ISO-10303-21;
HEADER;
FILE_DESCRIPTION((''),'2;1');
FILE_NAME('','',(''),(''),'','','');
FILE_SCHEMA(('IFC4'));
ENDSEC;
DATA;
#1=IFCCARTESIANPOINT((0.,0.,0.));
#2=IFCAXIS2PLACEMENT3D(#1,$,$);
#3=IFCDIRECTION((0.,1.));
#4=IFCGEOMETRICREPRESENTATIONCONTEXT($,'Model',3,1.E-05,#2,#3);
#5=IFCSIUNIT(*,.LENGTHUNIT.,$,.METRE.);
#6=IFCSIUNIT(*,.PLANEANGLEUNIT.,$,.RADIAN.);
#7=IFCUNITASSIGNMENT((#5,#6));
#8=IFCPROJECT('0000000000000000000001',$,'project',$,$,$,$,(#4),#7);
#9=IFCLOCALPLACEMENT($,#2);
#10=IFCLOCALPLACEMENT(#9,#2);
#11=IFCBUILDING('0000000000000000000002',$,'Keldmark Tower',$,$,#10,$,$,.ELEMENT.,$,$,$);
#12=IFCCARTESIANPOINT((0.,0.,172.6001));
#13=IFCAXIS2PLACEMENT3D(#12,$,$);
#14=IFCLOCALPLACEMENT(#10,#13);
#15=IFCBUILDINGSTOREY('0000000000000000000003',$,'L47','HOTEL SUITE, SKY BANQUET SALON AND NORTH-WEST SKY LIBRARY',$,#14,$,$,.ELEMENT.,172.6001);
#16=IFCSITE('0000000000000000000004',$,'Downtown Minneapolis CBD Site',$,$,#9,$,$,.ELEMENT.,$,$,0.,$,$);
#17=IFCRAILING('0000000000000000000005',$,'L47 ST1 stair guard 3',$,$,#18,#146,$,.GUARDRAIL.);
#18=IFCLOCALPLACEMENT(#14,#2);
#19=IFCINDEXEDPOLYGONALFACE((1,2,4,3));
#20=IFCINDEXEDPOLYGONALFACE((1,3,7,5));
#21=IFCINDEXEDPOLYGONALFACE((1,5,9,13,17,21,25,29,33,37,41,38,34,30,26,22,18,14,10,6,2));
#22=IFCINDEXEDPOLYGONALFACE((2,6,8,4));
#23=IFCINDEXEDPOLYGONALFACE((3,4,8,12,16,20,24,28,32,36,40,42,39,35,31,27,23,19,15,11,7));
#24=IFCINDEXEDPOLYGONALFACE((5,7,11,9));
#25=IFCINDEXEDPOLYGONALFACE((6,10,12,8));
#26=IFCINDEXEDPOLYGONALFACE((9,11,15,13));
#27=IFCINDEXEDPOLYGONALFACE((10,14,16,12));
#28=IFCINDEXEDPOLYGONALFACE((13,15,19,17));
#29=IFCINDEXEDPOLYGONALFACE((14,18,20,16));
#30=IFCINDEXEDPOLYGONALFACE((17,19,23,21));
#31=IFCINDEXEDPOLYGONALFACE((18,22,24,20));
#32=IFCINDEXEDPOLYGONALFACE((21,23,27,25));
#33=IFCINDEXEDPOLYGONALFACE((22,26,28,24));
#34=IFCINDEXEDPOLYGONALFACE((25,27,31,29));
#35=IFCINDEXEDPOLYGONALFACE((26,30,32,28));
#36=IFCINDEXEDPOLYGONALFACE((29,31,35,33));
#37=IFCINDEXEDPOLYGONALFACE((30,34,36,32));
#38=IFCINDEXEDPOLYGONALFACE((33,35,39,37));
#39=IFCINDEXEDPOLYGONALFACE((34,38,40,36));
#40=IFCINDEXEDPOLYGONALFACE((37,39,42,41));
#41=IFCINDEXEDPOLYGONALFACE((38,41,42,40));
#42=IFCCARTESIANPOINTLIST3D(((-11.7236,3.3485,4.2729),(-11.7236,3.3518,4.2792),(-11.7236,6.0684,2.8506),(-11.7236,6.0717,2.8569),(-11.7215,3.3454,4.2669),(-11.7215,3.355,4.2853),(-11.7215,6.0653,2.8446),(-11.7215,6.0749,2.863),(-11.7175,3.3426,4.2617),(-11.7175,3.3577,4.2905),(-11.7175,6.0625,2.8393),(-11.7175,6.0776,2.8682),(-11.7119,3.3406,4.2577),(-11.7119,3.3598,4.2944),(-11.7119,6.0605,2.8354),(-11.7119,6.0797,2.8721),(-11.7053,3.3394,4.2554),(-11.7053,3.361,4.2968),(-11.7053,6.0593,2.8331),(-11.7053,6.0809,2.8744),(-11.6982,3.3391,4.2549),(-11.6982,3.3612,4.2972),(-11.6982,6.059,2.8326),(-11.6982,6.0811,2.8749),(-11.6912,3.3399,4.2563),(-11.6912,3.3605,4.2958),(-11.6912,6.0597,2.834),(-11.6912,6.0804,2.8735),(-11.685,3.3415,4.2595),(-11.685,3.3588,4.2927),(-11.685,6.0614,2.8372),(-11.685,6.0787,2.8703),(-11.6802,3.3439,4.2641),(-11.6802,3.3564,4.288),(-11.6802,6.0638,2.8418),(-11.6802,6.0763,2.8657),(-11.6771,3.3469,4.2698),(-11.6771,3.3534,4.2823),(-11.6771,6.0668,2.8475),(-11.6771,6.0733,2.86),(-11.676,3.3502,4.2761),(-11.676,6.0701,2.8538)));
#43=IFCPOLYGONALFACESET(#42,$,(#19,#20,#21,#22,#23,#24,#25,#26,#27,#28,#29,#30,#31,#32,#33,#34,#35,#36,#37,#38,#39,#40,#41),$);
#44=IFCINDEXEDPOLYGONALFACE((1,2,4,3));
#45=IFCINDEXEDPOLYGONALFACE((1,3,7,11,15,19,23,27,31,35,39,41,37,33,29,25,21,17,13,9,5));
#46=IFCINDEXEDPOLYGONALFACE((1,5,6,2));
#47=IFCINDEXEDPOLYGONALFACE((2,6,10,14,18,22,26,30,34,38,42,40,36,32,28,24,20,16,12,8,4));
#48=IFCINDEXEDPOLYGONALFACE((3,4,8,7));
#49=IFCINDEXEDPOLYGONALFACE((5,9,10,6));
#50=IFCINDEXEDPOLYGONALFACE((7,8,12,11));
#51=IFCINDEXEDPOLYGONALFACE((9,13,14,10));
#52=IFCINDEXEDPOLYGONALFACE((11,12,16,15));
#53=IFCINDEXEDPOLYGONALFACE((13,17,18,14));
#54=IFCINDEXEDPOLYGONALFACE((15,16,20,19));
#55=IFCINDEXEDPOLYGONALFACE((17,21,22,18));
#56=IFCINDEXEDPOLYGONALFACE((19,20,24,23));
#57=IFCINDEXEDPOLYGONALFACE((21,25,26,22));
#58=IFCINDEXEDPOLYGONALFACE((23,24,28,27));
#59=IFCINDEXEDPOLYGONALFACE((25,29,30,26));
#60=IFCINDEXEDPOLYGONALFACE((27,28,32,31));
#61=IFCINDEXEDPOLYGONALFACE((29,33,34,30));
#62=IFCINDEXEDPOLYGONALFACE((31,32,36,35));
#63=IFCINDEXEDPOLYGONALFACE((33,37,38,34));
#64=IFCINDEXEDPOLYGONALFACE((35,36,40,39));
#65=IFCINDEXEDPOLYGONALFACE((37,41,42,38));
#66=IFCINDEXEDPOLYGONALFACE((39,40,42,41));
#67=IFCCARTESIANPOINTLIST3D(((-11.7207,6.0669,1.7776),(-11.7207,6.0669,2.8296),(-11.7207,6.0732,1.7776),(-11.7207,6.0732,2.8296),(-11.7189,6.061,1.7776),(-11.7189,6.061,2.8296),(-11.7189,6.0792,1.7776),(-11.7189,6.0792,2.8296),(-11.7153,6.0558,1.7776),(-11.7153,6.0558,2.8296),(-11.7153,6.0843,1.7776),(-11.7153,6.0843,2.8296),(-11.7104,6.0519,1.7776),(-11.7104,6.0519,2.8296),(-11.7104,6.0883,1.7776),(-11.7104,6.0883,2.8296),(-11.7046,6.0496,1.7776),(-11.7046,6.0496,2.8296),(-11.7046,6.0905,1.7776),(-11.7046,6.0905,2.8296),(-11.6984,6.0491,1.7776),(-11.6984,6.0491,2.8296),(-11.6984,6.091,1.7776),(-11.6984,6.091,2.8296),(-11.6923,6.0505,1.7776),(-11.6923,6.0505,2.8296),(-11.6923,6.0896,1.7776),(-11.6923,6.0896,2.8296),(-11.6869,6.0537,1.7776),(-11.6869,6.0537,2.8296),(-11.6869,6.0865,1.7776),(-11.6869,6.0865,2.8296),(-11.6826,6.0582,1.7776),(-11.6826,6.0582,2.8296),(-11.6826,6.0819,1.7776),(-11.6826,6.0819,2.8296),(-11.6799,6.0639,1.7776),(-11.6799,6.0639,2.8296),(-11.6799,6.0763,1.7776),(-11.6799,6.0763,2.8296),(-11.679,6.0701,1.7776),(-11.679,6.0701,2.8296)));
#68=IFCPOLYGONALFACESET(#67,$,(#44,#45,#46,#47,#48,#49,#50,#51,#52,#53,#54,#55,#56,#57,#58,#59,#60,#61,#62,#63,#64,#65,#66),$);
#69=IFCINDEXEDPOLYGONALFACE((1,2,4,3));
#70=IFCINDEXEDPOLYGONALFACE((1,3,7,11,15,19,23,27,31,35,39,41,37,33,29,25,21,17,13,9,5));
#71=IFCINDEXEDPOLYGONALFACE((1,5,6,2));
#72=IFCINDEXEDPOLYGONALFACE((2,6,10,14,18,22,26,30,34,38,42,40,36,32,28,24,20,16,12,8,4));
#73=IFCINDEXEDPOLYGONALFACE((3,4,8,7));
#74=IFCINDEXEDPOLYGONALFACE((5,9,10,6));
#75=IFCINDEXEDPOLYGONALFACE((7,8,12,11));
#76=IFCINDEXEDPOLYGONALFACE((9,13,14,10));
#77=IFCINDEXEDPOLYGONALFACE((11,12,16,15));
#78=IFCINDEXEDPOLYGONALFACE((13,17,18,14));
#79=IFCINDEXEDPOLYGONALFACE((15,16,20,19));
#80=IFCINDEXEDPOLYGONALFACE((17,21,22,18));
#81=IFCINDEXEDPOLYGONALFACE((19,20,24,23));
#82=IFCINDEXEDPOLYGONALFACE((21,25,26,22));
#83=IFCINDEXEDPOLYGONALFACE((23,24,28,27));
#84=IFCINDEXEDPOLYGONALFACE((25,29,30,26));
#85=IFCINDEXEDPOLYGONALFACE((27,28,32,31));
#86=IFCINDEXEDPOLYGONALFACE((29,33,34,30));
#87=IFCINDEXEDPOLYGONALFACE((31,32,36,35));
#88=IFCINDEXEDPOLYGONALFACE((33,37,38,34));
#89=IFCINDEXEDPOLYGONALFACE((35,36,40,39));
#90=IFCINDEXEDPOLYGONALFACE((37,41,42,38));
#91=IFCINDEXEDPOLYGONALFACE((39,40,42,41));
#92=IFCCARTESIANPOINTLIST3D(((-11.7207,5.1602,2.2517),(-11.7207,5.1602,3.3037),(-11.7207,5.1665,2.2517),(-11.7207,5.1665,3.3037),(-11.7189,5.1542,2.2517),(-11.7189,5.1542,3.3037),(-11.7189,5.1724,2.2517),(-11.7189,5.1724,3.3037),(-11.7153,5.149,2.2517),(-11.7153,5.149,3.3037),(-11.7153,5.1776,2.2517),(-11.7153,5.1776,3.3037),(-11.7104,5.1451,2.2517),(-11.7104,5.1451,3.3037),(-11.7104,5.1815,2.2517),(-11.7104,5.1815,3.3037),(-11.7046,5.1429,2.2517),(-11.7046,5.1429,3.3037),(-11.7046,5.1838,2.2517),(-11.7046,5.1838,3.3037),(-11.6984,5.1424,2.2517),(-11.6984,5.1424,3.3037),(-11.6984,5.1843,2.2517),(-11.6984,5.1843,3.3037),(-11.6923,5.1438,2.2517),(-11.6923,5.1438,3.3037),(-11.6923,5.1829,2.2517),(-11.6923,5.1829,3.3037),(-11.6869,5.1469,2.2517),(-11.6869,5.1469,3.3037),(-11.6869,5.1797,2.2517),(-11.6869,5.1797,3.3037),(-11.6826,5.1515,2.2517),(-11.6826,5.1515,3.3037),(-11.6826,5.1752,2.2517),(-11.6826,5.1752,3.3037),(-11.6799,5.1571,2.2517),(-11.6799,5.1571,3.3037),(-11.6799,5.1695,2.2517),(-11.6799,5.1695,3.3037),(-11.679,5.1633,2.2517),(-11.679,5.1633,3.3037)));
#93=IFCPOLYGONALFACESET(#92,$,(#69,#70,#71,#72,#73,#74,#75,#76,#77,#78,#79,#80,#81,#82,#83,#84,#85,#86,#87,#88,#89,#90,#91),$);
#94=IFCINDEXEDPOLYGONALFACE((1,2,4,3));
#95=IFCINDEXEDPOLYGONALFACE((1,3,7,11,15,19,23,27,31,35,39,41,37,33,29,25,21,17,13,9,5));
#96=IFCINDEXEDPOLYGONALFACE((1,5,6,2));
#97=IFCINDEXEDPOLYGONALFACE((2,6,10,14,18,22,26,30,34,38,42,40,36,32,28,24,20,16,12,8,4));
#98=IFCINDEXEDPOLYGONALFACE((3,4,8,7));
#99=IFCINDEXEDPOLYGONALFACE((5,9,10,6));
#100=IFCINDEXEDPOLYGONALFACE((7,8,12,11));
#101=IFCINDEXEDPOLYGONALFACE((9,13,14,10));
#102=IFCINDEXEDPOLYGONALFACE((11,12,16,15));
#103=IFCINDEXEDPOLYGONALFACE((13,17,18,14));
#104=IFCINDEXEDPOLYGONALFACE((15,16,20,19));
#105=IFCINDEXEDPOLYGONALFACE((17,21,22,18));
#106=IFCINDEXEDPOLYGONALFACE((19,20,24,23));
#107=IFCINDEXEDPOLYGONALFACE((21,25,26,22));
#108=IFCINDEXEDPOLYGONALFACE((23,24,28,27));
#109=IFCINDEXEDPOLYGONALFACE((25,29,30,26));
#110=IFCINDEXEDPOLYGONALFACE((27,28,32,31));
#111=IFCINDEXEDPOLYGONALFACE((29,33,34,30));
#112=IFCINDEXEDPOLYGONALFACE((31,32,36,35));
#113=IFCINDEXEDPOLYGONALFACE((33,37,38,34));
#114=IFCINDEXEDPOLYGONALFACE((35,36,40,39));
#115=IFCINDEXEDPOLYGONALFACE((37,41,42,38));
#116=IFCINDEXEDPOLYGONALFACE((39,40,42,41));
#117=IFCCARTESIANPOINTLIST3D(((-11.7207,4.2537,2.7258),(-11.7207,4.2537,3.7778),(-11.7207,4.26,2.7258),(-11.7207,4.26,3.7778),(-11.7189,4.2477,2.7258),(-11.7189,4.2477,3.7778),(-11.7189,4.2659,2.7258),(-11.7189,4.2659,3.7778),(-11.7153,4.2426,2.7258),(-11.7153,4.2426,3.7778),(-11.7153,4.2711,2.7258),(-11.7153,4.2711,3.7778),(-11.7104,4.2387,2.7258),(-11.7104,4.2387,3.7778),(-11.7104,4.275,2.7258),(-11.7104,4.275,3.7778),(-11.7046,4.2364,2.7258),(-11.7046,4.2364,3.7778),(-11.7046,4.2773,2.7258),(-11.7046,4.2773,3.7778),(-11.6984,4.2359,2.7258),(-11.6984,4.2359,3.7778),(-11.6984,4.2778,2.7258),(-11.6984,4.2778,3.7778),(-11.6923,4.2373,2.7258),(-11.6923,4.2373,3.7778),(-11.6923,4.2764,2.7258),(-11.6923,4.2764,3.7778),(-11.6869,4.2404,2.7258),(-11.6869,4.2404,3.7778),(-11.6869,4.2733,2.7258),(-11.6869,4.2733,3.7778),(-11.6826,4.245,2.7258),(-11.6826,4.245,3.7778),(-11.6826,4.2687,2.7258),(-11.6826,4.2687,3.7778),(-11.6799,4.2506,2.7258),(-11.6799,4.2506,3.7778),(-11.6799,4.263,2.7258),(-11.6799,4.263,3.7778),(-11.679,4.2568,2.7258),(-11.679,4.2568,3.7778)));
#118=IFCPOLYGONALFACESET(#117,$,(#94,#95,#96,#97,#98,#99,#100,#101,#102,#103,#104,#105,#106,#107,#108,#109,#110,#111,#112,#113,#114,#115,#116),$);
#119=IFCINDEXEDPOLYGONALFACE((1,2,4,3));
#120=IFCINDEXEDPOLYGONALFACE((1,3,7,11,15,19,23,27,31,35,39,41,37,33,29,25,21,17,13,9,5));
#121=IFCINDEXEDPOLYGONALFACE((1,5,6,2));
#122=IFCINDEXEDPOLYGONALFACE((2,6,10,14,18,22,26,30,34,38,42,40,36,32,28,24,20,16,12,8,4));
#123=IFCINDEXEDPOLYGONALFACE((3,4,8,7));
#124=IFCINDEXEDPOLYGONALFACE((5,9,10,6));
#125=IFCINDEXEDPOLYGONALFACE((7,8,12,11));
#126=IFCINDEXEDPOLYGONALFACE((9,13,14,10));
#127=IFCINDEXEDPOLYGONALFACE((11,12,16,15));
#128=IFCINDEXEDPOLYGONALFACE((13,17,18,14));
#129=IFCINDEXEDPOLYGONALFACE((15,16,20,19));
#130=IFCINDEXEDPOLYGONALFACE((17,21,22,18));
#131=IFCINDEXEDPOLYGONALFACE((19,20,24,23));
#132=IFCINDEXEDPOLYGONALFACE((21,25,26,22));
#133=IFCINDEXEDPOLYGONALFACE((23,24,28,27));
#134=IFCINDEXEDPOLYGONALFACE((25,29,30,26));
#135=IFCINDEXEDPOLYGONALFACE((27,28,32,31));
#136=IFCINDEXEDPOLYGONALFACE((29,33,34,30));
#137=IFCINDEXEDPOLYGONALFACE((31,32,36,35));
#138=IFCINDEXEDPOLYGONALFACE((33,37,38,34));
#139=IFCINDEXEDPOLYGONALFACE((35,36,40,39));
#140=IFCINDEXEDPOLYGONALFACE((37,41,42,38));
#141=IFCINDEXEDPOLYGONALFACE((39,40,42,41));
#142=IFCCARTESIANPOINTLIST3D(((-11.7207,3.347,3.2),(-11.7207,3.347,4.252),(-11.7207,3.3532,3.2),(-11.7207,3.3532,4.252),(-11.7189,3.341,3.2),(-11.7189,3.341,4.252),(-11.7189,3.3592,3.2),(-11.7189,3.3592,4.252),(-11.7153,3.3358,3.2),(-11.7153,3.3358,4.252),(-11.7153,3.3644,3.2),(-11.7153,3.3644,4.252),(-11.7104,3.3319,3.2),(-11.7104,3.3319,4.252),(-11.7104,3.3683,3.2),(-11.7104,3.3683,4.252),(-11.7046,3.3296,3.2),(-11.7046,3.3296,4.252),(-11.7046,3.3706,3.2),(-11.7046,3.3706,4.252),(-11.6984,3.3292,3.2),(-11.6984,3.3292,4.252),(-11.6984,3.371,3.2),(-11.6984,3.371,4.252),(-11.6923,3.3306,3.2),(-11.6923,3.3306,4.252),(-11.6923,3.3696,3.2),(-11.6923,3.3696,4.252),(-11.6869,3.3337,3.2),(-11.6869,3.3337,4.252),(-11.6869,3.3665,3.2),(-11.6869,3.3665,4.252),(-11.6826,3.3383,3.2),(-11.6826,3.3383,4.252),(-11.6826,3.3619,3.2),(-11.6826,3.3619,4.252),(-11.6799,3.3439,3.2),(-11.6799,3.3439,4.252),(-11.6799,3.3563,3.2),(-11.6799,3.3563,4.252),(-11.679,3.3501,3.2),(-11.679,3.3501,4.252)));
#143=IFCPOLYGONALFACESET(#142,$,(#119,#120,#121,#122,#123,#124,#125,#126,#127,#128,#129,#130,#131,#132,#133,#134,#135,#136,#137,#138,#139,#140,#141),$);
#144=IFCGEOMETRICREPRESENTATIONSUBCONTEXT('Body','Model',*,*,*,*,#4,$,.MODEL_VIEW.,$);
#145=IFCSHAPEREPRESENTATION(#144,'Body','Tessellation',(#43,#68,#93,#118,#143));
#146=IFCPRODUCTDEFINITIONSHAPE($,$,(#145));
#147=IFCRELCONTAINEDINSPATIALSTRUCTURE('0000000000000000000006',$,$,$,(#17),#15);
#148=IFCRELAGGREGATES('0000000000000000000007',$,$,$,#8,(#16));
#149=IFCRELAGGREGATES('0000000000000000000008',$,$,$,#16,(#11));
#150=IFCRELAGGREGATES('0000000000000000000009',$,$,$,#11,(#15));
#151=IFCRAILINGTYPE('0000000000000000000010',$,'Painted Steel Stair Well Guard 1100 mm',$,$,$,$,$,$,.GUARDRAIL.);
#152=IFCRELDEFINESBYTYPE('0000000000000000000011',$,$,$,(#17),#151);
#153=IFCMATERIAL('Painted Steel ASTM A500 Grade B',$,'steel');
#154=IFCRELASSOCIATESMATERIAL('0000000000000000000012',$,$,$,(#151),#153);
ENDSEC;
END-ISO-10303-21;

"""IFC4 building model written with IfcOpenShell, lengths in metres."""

from ifc_helpers import new_model, si_unit, direction, frame, origin, origin_2d, place, context, subcontext, project, spatial, circle, extrude, material, type_object, element, save


model = new_model("IFC4")

# Units and contexts
model_context = context("Model", 3, precision=1e-05, world=origin(), true_north=direction((0.0, 1.0)))
body_context = subcontext(model_context, "Body", "Model", "MODEL_VIEW")
ifc_project = project(units=[si_unit("LENGTHUNIT", "METRE"), si_unit("PLANEANGLEUNIT", "RADIAN")], contexts=[model_context])

# Site, building, storey
site_placement = place(None, origin())
site = spatial("IfcSite", under=ifc_project, at=site_placement, Name="Downtown Minneapolis CBD Site", CompositionType="ELEMENT", RefElevation=0.0)
building_placement = place(site_placement, origin())
building = spatial("IfcBuilding", under=site, at=building_placement, Name="Keldmark Tower", CompositionType="ELEMENT")
storey_placement = place(building_placement, frame((0.0, 0.0, 172.6001)))
storey = spatial("IfcBuildingStorey", under=building, at=storey_placement, Name="L47", Description="HOTEL SUITE, SKY BANQUET SALON AND NORTH-WEST SKY LIBRARY", CompositionType="ELEMENT", Elevation=172.6001)

# Railing
ifc_material_1 = material(Name="Painted Steel ASTM A500 Grade B", Category="steel")
railing_type_1 = type_object("IfcRailingType", Name="Painted Steel Stair Well Guard 1100 mm", PredefinedType="GUARDRAIL", material=ifc_material_1)
railing_1_placement = place(storey_placement, frame((-11.7, 6.0701, 1.7776)))
element("IfcRailing", 1, at=railing_1_placement, inside=storey, type_object=railing_type_1, Name="L47 ST1 stair guard 3", PredefinedType="GUARDRAIL", context=body_context, shape_type="SweptSolid", body=[
    extrude(circle(Radius=0.0239, at=origin_2d()), frame((0.0, 0.0, 1.0762), z_axis=(0.0, -0.88615, 0.463398), x_axis=(1.0, 0.0, 0.0)), (0.0, 0.0, 1.0), 3.0693),
    extrude(circle(Radius=0.021, at=origin_2d()), origin(), (0.0, 0.0, 1.0), 1.052),
    extrude(circle(Radius=0.021, at=origin_2d()), frame((0.0, -0.9067, 0.4741)), (0.0, 0.0, 1.0), 1.052),
    extrude(circle(Radius=0.021, at=origin_2d()), frame((0.0, -1.8132, 0.9482)), (0.0, 0.0, 1.0), 1.052),
    extrude(circle(Radius=0.021, at=origin_2d()), frame((0.0, -2.72, 1.4224)), (0.0, 0.0, 1.0), 1.052),
])

save(model, "model.ifc")
